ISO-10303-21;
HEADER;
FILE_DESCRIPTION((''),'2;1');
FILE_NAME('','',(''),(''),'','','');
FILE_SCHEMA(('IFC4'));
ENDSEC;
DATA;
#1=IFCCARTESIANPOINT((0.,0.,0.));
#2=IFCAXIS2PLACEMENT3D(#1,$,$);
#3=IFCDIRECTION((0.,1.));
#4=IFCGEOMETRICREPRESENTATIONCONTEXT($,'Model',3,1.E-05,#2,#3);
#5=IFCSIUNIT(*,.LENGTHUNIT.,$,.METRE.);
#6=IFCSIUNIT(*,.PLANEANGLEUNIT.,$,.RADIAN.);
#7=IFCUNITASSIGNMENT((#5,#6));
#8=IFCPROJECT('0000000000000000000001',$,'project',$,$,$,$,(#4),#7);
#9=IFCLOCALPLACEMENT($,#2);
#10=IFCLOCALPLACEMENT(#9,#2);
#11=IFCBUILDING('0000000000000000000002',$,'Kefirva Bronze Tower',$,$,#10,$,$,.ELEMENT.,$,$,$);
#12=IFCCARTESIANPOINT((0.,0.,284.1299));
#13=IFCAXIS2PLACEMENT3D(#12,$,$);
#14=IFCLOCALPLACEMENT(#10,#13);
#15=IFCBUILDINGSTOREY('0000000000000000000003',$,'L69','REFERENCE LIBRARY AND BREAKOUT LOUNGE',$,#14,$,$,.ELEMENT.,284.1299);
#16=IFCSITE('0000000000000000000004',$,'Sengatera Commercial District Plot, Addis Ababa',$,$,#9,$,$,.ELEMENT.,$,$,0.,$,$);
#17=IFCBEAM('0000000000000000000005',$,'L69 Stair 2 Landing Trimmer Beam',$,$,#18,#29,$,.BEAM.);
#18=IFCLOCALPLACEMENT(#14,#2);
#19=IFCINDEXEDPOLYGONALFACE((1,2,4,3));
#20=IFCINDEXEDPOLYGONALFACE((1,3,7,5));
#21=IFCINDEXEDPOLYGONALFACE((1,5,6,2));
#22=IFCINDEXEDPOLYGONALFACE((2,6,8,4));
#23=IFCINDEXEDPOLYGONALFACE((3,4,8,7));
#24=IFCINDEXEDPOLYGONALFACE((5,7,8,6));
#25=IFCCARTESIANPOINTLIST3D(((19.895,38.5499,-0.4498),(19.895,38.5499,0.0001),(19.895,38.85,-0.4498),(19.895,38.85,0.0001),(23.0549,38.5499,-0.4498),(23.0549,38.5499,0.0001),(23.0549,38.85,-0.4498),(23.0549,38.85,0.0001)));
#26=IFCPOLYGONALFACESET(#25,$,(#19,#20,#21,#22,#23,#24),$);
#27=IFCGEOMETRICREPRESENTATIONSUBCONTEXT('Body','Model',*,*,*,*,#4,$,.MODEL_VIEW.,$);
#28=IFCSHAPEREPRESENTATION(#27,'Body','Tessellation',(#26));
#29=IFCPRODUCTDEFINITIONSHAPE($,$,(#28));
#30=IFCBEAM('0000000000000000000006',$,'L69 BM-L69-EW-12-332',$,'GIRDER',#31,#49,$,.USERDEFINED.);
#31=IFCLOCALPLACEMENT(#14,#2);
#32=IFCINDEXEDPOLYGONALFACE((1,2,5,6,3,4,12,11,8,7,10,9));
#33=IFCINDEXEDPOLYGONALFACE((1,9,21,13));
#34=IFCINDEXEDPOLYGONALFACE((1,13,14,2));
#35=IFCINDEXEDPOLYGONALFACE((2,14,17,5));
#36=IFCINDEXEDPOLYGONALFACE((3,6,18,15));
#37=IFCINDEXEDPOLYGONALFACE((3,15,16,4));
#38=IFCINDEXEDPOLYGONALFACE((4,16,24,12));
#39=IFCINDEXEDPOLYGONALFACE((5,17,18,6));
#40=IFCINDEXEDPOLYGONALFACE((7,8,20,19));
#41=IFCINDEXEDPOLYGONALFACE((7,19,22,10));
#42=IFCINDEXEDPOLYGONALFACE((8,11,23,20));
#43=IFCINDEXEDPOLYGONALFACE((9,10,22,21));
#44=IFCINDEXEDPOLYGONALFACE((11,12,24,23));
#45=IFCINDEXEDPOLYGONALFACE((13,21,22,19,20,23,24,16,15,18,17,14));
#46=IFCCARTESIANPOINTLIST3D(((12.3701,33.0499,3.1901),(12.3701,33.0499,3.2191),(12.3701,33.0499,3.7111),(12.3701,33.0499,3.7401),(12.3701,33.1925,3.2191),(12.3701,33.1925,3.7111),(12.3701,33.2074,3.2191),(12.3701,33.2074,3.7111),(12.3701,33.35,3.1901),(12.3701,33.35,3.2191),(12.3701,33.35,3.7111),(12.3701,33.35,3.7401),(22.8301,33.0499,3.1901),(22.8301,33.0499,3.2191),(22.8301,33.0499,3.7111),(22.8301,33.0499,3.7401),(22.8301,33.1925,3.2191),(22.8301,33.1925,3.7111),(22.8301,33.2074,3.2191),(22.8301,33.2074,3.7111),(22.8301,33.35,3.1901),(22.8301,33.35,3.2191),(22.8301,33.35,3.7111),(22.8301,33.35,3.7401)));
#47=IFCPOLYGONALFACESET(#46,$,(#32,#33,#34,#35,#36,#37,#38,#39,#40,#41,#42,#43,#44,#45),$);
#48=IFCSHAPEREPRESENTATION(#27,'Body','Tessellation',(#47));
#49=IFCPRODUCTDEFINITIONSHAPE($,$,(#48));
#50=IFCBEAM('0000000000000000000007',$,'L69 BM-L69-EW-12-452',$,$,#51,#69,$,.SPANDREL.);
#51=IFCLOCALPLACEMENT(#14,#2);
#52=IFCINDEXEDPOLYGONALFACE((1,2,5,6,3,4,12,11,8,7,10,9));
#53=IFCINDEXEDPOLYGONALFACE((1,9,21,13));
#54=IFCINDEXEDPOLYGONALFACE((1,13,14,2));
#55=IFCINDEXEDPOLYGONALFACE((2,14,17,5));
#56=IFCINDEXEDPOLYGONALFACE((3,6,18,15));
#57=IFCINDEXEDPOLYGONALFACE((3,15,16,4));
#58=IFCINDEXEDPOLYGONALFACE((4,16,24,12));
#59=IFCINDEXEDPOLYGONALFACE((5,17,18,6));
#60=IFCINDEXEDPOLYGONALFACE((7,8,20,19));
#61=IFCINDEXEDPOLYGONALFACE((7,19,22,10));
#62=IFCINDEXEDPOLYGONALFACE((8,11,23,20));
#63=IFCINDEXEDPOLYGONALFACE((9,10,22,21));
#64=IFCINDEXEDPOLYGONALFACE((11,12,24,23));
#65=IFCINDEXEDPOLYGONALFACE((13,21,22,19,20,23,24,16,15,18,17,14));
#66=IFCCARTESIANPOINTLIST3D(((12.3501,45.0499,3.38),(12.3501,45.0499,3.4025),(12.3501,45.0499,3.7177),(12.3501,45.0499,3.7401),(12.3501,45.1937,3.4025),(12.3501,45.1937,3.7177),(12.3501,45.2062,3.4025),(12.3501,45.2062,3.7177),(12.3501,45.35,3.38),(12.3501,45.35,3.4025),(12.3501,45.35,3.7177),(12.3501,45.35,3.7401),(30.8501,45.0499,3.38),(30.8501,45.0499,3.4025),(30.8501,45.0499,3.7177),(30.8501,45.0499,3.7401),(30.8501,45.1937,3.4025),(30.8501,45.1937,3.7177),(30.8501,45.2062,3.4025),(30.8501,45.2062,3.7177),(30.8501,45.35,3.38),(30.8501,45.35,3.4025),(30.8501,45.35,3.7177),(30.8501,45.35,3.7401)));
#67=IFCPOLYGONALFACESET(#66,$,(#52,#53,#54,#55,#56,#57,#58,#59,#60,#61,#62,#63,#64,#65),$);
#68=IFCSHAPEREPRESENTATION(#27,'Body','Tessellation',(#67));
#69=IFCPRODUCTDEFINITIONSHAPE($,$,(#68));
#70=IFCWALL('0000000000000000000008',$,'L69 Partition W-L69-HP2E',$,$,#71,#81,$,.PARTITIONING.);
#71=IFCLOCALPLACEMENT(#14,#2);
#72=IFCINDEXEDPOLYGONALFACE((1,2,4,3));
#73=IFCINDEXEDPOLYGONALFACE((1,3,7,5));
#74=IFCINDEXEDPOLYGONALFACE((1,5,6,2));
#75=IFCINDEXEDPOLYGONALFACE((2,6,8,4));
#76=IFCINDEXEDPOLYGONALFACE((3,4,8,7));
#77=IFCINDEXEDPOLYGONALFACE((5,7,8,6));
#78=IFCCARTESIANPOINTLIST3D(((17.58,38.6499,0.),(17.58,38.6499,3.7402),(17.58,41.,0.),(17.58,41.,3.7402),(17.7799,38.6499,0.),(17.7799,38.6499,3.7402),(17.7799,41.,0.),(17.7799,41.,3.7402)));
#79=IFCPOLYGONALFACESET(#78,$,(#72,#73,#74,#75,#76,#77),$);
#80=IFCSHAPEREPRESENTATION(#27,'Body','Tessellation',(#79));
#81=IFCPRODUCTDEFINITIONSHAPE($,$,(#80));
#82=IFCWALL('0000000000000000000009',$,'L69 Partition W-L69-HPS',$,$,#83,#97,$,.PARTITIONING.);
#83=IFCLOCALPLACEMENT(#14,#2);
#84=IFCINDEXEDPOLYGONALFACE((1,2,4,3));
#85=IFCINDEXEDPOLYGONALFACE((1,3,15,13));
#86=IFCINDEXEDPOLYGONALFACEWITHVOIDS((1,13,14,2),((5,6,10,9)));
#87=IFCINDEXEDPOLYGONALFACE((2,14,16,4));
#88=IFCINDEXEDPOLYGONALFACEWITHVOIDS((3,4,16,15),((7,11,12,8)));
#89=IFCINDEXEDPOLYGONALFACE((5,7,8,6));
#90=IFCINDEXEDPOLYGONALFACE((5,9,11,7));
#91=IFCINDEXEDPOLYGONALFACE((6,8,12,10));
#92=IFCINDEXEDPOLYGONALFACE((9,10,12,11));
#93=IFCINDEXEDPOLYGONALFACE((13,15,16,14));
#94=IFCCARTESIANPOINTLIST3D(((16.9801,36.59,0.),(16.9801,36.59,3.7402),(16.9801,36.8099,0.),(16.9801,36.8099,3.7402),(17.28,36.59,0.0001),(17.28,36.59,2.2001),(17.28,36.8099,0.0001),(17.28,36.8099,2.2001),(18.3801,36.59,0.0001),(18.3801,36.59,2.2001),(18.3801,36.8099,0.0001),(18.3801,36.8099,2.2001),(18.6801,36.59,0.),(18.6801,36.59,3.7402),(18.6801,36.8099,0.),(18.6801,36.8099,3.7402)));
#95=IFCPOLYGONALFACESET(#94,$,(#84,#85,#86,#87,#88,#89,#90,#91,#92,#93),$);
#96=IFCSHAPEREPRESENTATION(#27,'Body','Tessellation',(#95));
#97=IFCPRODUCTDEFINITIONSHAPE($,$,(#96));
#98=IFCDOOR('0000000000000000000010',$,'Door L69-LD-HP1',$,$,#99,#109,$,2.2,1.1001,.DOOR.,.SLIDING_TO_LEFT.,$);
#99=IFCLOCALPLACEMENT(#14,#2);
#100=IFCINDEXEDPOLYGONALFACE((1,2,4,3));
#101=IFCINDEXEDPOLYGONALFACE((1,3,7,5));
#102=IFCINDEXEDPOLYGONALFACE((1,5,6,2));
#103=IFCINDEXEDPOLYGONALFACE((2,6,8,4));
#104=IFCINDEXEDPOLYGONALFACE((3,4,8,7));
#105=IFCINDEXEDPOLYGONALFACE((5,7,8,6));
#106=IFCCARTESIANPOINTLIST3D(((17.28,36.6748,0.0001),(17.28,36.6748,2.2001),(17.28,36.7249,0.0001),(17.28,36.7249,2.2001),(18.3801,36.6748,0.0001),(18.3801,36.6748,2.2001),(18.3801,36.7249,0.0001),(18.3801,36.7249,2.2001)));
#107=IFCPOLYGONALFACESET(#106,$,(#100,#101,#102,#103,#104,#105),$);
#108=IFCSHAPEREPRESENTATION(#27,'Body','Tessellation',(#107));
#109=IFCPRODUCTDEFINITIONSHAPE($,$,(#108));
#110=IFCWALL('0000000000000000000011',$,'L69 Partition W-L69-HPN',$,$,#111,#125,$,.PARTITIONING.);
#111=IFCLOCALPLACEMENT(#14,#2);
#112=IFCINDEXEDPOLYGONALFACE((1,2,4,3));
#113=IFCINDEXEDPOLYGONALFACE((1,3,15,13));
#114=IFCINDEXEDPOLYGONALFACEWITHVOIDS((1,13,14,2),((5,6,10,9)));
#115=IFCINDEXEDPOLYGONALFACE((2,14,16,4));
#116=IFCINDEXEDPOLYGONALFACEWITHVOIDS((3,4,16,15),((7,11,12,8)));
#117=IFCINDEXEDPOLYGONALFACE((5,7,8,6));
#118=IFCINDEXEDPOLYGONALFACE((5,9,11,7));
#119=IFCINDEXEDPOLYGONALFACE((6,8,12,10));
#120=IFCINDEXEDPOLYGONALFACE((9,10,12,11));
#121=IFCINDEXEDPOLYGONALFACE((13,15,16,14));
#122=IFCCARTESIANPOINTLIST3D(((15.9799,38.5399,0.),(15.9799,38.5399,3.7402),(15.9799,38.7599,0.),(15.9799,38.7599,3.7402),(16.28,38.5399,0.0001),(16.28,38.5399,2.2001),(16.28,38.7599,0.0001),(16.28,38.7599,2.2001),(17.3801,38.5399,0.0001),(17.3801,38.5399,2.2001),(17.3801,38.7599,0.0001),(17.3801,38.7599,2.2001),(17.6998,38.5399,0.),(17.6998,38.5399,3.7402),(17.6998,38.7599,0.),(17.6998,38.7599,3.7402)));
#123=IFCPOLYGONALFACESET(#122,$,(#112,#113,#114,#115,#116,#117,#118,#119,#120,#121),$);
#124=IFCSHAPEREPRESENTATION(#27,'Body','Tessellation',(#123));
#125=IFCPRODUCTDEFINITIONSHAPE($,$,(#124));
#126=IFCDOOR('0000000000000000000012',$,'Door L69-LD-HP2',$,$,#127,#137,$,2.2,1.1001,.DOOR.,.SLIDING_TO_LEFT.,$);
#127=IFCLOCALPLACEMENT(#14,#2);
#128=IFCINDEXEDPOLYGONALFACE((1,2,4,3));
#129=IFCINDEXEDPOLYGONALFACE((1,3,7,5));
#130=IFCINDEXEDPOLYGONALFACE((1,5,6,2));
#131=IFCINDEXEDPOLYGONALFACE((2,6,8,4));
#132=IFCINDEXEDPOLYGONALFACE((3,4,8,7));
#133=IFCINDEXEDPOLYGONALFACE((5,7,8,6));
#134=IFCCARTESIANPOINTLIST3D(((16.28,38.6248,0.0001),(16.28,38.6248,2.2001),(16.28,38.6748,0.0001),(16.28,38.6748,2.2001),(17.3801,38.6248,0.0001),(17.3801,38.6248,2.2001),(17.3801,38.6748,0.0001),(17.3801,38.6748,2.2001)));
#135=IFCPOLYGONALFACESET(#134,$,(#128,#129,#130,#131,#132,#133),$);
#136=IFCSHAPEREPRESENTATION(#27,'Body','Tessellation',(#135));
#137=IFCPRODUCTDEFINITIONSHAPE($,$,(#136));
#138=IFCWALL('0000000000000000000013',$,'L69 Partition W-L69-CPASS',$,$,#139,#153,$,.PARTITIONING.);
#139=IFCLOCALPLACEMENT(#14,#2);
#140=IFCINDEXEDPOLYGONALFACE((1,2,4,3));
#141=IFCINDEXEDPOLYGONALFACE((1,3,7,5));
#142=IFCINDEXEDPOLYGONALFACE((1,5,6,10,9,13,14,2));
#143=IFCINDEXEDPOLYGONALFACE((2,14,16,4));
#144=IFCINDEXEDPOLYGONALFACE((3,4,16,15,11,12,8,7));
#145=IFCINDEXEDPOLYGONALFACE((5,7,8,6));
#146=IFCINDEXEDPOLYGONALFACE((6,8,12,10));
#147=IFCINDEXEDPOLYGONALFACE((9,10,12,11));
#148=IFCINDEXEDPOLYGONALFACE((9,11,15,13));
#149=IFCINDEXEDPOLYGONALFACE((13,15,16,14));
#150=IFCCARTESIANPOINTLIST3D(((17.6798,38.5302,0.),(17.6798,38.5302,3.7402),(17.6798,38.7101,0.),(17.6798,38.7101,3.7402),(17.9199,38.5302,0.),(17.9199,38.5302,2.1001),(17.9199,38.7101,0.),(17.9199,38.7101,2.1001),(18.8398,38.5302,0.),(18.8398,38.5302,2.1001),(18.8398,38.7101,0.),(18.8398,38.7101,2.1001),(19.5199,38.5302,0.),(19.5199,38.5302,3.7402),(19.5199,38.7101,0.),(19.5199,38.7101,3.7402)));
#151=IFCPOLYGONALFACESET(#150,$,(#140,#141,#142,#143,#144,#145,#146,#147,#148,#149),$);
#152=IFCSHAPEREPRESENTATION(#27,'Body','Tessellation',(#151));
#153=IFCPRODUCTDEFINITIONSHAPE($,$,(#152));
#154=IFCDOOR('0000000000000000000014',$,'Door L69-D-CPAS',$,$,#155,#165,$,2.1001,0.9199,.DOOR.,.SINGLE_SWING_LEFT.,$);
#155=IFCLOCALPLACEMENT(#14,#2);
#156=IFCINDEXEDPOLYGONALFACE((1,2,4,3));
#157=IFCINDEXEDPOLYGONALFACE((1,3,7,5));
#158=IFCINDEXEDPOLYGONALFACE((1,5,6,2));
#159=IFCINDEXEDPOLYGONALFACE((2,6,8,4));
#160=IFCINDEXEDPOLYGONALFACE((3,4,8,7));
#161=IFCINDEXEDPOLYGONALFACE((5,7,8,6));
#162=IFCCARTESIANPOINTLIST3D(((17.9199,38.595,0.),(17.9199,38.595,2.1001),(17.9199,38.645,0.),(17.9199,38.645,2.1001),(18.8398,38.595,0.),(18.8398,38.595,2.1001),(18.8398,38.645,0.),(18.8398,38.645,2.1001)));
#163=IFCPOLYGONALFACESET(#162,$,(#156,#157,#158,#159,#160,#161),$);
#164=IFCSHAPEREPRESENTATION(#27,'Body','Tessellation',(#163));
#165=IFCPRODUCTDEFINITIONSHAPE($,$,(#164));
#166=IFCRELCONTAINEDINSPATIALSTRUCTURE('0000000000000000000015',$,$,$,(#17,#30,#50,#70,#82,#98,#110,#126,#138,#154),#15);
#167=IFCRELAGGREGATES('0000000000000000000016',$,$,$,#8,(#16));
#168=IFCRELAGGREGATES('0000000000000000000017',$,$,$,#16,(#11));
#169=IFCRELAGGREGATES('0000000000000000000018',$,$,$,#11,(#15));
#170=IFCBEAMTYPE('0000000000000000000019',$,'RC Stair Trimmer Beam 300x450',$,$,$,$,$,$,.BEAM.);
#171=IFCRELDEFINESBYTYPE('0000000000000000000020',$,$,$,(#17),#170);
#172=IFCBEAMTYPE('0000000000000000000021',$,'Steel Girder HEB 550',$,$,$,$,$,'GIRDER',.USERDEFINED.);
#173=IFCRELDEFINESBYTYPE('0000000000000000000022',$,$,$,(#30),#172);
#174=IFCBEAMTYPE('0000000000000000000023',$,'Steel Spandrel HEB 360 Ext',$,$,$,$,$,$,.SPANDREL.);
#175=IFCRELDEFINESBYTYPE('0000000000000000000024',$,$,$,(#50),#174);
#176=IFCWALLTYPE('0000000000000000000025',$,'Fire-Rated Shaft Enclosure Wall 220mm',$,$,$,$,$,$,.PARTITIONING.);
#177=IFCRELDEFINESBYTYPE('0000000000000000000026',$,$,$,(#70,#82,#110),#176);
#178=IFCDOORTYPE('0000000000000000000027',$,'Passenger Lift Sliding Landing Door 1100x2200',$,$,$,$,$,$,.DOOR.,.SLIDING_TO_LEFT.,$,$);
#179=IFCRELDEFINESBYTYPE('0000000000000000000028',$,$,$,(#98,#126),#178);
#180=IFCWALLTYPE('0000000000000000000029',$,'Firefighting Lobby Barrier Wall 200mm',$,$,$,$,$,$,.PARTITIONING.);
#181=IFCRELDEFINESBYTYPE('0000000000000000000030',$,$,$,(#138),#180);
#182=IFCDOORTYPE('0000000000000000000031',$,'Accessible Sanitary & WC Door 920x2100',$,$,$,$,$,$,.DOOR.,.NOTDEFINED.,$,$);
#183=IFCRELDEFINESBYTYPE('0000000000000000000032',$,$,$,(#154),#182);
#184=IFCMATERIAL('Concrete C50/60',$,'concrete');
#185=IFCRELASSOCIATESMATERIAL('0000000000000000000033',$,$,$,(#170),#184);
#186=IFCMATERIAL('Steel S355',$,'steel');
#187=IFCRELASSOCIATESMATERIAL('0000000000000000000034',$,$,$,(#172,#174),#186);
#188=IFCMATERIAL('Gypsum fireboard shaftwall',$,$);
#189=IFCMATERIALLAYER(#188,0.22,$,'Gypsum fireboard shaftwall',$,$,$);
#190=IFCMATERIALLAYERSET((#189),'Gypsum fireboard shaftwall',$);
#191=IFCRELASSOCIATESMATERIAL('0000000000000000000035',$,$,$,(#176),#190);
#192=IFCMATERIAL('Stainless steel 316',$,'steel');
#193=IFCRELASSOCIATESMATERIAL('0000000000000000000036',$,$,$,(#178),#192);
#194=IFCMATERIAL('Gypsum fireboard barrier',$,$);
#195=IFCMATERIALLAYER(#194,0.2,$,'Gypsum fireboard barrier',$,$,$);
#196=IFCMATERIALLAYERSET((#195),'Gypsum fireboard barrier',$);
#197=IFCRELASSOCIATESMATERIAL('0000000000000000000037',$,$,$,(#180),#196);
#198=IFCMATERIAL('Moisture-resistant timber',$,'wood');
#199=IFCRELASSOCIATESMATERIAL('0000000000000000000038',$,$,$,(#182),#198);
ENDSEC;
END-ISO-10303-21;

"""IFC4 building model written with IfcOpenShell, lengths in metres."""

from ifc_helpers import new_model, si_unit, direction, frame, frame_2d, origin, origin_2d, place, context, subcontext, project, spatial, rectangle, i_section, extrude, material, layer, layer_set, material_profile, profile_set, type_object, element, fill, save


model = new_model("IFC4")

# Units and contexts
model_context = context("Model", 3, precision=1e-05, world=origin(), true_north=direction((0.0, 1.0)))
body_context = subcontext(model_context, "Body", "Model", "MODEL_VIEW")
ifc_project = project(units=[si_unit("LENGTHUNIT", "METRE"), si_unit("PLANEANGLEUNIT", "RADIAN")], contexts=[model_context])

# Site, building, storey
site_placement = place(None, origin())
site = spatial("IfcSite", under=ifc_project, at=site_placement, Name="Sengatera Commercial District Plot, Addis Ababa", CompositionType="ELEMENT", RefElevation=0.0)
building_placement = place(site_placement, origin())
building = spatial("IfcBuilding", under=site, at=building_placement, Name="Kefirva Bronze Tower", CompositionType="ELEMENT")
storey_placement = place(building_placement, frame((0.0, 0.0, 284.1299)))
storey = spatial("IfcBuildingStorey", under=building, at=storey_placement, Name="L69", Description="REFERENCE LIBRARY AND BREAKOUT LOUNGE", CompositionType="ELEMENT", Elevation=284.1299)

# Beams
ifc_material_1 = material(Name="Concrete C50/60", Category="concrete")
ifc_material_profile_1 = material_profile(ifc_material_1, rectangle(XDim=0.3, YDim=0.45, at=origin_2d()), Name="RC 300x450")
ifc_profile_set_1 = profile_set([ifc_material_profile_1], Name="Concrete C50/60")
beam_type_1 = type_object("IfcBeamType", Name="RC Stair Trimmer Beam 300x450", PredefinedType="BEAM", material=ifc_profile_set_1)
beam_1_placement = place(storey_placement, frame((19.895, 38.7, -0.2249), z_axis=(1.0, 0.0, 0.0), x_axis=(0.0, 1.0, 0.0)))
element("IfcBeam", 1, at=beam_1_placement, inside=storey, type_object=beam_type_1, Name="L69 Stair 2 Landing Trimmer Beam", PredefinedType="BEAM", context=body_context, shape_type="SweptSolid", body=[
    extrude(rectangle(XDim=0.3, YDim=0.45, at=origin_2d()), origin(), (0.0, 0.0, 1.0), 3.1599),
])
ifc_material_2 = material(Name="Steel S355", Category="steel")
ifc_material_profile_2 = material_profile(ifc_material_2, i_section(OverallWidth=0.3, OverallDepth=0.55, WebThickness=0.0149, FlangeThickness=0.0291, at=origin_2d()), Name="HEB 550")
ifc_profile_set_2 = profile_set([ifc_material_profile_2], Name="Steel S355")
beam_type_2 = type_object("IfcBeamType", Name="Steel Girder HEB 550", ElementType="GIRDER", PredefinedType="USERDEFINED", material=ifc_profile_set_2)
beam_2_placement = place(storey_placement, frame((12.3701, 33.2, 3.4651), z_axis=(1.0, 0.0, 0.0), x_axis=(0.0, 1.0, 0.0)))
element("IfcBeam", 2, at=beam_2_placement, inside=storey, type_object=beam_type_2, Name="L69 BM-L69-EW-12-332", ObjectType="GIRDER", PredefinedType="USERDEFINED", context=body_context, shape_type="SweptSolid", body=[
    extrude(i_section(OverallWidth=0.3, OverallDepth=0.55, WebThickness=0.0149, FlangeThickness=0.0291, at=origin_2d()), origin(), (0.0, 0.0, 1.0), 10.46),
])
ifc_material_profile_3 = material_profile(ifc_material_2, i_section(OverallWidth=0.3, OverallDepth=0.3601, WebThickness=0.0125, FlangeThickness=0.0225, at=origin_2d()), Name="HEB 360")
ifc_profile_set_3 = profile_set([ifc_material_profile_3], Name="Steel S355")
beam_type_3 = type_object("IfcBeamType", Name="Steel Spandrel HEB 360 Ext", PredefinedType="SPANDREL", material=ifc_profile_set_3)
beam_3_placement = place(storey_placement, frame((12.3501, 45.2, 3.5601), z_axis=(1.0, 0.0, 0.0), x_axis=(0.0, 1.0, 0.0)))
element("IfcBeam", 3, at=beam_3_placement, inside=storey, type_object=beam_type_3, Name="L69 BM-L69-EW-12-452", PredefinedType="SPANDREL", context=body_context, shape_type="SweptSolid", body=[
    extrude(i_section(OverallWidth=0.3, OverallDepth=0.3601, WebThickness=0.0125, FlangeThickness=0.0225, at=origin_2d()), origin(), (0.0, 0.0, 1.0), 18.5),
])

# Shared definitions
ifc_material_3 = material(Name="Gypsum fireboard shaftwall")
ifc_layer_1 = layer(ifc_material_3, 0.22, Name="Gypsum fireboard shaftwall")
ifc_layer_set_1 = layer_set([ifc_layer_1], Name="Gypsum fireboard shaftwall")
wall_type_1 = type_object("IfcWallType", Name="Fire-Rated Shaft Enclosure Wall 220mm", PredefinedType="PARTITIONING", material=ifc_layer_set_1)

# Wall
wall_1_placement = place(storey_placement, frame((17.6799, 38.6499, 0.0), z_axis=(0.0, 0.0, 1.0), x_axis=(0.0, 1.0, 0.0)))
element("IfcWall", 4, at=wall_1_placement, inside=storey, type_object=wall_type_1, Name="L69 Partition W-L69-HP2E", PredefinedType="PARTITIONING", context=body_context, shape_type="SweptSolid", body=[
    extrude(rectangle(XDim=2.3501, YDim=0.2, at=frame_2d((1.175, 0.0))), origin(), (0.0, 0.0, 1.0), 3.7402),
])

# Walls, openings, doors
wall_2_placement = place(storey_placement, frame((16.98, 36.7, 0.0), z_axis=(0.0, 0.0, 1.0), x_axis=(1.0, 0.0, 0.0)))
wall_2 = element("IfcWall", 5, at=wall_2_placement, inside=storey, type_object=wall_type_1, Name="L69 Partition W-L69-HPS", PredefinedType="PARTITIONING", context=body_context, shape_type="SweptSolid", body=[
    extrude(rectangle(XDim=1.7, YDim=0.22, at=frame_2d((0.8501, 0.0))), origin(), (0.0, 0.0, 1.0), 3.7402),
])
opening_1_placement = place(wall_2_placement, frame((0.3, 0.0, 0.0)))
opening_1 = element("IfcOpeningElement", 6, at=opening_1_placement, cuts=wall_2, PredefinedType="OPENING", context=body_context, shape_type="SweptSolid", body=[
    extrude(rectangle(XDim=1.1001, YDim=2.2, at=frame_2d((0.55, 1.1001))), frame((0.0, 0.1201, 0.0), z_axis=(0.0, -1.0, 0.0), x_axis=(1.0, 0.0, 0.0)), (0.0, 0.0, 1.0), 0.24),
])
ifc_material_4 = material(Name="Stainless steel 316", Category="steel")
door_type_1 = type_object("IfcDoorType", Name="Passenger Lift Sliding Landing Door 1100x2200", OperationType="SLIDING_TO_LEFT", PredefinedType="DOOR", material=ifc_material_4)
door_1_placement = place(opening_1_placement, origin())
door_1 = element("IfcDoor", 7, at=door_1_placement, inside=storey, type_object=door_type_1, Name="Door L69-LD-HP1", OperationType="SLIDING_TO_LEFT", OverallHeight=2.2, OverallWidth=1.1001, PredefinedType="DOOR", context=body_context, shape_type="SweptSolid", body=[
    extrude(rectangle(XDim=1.1001, YDim=2.2, at=frame_2d((0.55, 1.1001))), frame((0.0, 0.0249, 0.0), z_axis=(0.0, -1.0, 0.0), x_axis=(1.0, 0.0, 0.0)), (0.0, 0.0, 1.0), 0.05),
])
fill(opening_1, door_1)
wall_3_placement = place(storey_placement, frame((15.98, 38.6499, 0.0), z_axis=(0.0, 0.0, 1.0), x_axis=(1.0, 0.0, 0.0)))
wall_3 = element("IfcWall", 8, at=wall_3_placement, inside=storey, type_object=wall_type_1, Name="L69 Partition W-L69-HPN", PredefinedType="PARTITIONING", context=body_context, shape_type="SweptSolid", body=[
    extrude(rectangle(XDim=1.72, YDim=0.22, at=frame_2d((0.8599, 0.0))), origin(), (0.0, 0.0, 1.0), 3.7402),
])
opening_2_placement = place(wall_3_placement, frame((0.3, 0.0, 0.0)))
opening_2 = element("IfcOpeningElement", 9, at=opening_2_placement, cuts=wall_3, PredefinedType="OPENING", context=body_context, shape_type="SweptSolid", body=[
    extrude(rectangle(XDim=1.1001, YDim=2.2, at=frame_2d((0.55, 1.1001))), frame((0.0, 0.1201, 0.0), z_axis=(0.0, -1.0, 0.0), x_axis=(1.0, 0.0, 0.0)), (0.0, 0.0, 1.0), 0.24),
])
door_2_placement = place(opening_2_placement, origin())
door_2 = element("IfcDoor", 10, at=door_2_placement, inside=storey, type_object=door_type_1, Name="Door L69-LD-HP2", OperationType="SLIDING_TO_LEFT", OverallHeight=2.2, OverallWidth=1.1001, PredefinedType="DOOR", context=body_context, shape_type="SweptSolid", body=[
    extrude(rectangle(XDim=1.1001, YDim=2.2, at=frame_2d((0.55, 1.1001))), frame((0.0, 0.0249, 0.0), z_axis=(0.0, -1.0, 0.0), x_axis=(1.0, 0.0, 0.0)), (0.0, 0.0, 1.0), 0.05),
])
fill(opening_2, door_2)
ifc_material_5 = material(Name="Gypsum fireboard barrier")
ifc_layer_2 = layer(ifc_material_5, 0.2, Name="Gypsum fireboard barrier")
ifc_layer_set_2 = layer_set([ifc_layer_2], Name="Gypsum fireboard barrier")
wall_type_2 = type_object("IfcWallType", Name="Firefighting Lobby Barrier Wall 200mm", PredefinedType="PARTITIONING", material=ifc_layer_set_2)
wall_4_placement = place(storey_placement, frame((17.6799, 38.6201, 0.0), z_axis=(0.0, 0.0, 1.0), x_axis=(1.0, 0.0, 0.0)))
wall_4 = element("IfcWall", 11, at=wall_4_placement, inside=storey, type_object=wall_type_2, Name="L69 Partition W-L69-CPASS", PredefinedType="PARTITIONING", context=body_context, shape_type="SweptSolid", body=[
    extrude(rectangle(XDim=1.8401, YDim=0.1799, at=frame_2d((0.9199, 0.0))), origin(), (0.0, 0.0, 1.0), 3.7402),
])
opening_3_placement = place(wall_4_placement, frame((0.24, 0.0, 0.0)))
opening_3 = element("IfcOpeningElement", 12, at=opening_3_placement, cuts=wall_4, PredefinedType="OPENING", context=body_context, shape_type="SweptSolid", body=[
    extrude(rectangle(XDim=0.9199, YDim=2.1001, at=frame_2d((0.46, 1.05))), frame((0.0, 0.1001, 0.0), z_axis=(0.0, -1.0, 0.0), x_axis=(1.0, 0.0, 0.0)), (0.0, 0.0, 1.0), 0.2),
])
ifc_material_6 = material(Name="Moisture-resistant timber", Category="wood")
door_type_2 = type_object("IfcDoorType", Name="Accessible Sanitary & WC Door 920x2100", OperationType="NOTDEFINED", PredefinedType="DOOR", material=ifc_material_6)
door_3_placement = place(opening_3_placement, origin())
door_3 = element("IfcDoor", 13, at=door_3_placement, inside=storey, type_object=door_type_2, Name="Door L69-D-CPAS", OperationType="SINGLE_SWING_LEFT", OverallHeight=2.1001, OverallWidth=0.9199, PredefinedType="DOOR", context=body_context, shape_type="SweptSolid", body=[
    extrude(rectangle(XDim=0.9199, YDim=2.1001, at=frame_2d((0.46, 1.05))), frame((0.0, 0.0249, 0.0), z_axis=(0.0, -1.0, 0.0), x_axis=(1.0, 0.0, 0.0)), (0.0, 0.0, 1.0), 0.05),
])
fill(opening_3, door_3)

save(model, "model.ifc")
